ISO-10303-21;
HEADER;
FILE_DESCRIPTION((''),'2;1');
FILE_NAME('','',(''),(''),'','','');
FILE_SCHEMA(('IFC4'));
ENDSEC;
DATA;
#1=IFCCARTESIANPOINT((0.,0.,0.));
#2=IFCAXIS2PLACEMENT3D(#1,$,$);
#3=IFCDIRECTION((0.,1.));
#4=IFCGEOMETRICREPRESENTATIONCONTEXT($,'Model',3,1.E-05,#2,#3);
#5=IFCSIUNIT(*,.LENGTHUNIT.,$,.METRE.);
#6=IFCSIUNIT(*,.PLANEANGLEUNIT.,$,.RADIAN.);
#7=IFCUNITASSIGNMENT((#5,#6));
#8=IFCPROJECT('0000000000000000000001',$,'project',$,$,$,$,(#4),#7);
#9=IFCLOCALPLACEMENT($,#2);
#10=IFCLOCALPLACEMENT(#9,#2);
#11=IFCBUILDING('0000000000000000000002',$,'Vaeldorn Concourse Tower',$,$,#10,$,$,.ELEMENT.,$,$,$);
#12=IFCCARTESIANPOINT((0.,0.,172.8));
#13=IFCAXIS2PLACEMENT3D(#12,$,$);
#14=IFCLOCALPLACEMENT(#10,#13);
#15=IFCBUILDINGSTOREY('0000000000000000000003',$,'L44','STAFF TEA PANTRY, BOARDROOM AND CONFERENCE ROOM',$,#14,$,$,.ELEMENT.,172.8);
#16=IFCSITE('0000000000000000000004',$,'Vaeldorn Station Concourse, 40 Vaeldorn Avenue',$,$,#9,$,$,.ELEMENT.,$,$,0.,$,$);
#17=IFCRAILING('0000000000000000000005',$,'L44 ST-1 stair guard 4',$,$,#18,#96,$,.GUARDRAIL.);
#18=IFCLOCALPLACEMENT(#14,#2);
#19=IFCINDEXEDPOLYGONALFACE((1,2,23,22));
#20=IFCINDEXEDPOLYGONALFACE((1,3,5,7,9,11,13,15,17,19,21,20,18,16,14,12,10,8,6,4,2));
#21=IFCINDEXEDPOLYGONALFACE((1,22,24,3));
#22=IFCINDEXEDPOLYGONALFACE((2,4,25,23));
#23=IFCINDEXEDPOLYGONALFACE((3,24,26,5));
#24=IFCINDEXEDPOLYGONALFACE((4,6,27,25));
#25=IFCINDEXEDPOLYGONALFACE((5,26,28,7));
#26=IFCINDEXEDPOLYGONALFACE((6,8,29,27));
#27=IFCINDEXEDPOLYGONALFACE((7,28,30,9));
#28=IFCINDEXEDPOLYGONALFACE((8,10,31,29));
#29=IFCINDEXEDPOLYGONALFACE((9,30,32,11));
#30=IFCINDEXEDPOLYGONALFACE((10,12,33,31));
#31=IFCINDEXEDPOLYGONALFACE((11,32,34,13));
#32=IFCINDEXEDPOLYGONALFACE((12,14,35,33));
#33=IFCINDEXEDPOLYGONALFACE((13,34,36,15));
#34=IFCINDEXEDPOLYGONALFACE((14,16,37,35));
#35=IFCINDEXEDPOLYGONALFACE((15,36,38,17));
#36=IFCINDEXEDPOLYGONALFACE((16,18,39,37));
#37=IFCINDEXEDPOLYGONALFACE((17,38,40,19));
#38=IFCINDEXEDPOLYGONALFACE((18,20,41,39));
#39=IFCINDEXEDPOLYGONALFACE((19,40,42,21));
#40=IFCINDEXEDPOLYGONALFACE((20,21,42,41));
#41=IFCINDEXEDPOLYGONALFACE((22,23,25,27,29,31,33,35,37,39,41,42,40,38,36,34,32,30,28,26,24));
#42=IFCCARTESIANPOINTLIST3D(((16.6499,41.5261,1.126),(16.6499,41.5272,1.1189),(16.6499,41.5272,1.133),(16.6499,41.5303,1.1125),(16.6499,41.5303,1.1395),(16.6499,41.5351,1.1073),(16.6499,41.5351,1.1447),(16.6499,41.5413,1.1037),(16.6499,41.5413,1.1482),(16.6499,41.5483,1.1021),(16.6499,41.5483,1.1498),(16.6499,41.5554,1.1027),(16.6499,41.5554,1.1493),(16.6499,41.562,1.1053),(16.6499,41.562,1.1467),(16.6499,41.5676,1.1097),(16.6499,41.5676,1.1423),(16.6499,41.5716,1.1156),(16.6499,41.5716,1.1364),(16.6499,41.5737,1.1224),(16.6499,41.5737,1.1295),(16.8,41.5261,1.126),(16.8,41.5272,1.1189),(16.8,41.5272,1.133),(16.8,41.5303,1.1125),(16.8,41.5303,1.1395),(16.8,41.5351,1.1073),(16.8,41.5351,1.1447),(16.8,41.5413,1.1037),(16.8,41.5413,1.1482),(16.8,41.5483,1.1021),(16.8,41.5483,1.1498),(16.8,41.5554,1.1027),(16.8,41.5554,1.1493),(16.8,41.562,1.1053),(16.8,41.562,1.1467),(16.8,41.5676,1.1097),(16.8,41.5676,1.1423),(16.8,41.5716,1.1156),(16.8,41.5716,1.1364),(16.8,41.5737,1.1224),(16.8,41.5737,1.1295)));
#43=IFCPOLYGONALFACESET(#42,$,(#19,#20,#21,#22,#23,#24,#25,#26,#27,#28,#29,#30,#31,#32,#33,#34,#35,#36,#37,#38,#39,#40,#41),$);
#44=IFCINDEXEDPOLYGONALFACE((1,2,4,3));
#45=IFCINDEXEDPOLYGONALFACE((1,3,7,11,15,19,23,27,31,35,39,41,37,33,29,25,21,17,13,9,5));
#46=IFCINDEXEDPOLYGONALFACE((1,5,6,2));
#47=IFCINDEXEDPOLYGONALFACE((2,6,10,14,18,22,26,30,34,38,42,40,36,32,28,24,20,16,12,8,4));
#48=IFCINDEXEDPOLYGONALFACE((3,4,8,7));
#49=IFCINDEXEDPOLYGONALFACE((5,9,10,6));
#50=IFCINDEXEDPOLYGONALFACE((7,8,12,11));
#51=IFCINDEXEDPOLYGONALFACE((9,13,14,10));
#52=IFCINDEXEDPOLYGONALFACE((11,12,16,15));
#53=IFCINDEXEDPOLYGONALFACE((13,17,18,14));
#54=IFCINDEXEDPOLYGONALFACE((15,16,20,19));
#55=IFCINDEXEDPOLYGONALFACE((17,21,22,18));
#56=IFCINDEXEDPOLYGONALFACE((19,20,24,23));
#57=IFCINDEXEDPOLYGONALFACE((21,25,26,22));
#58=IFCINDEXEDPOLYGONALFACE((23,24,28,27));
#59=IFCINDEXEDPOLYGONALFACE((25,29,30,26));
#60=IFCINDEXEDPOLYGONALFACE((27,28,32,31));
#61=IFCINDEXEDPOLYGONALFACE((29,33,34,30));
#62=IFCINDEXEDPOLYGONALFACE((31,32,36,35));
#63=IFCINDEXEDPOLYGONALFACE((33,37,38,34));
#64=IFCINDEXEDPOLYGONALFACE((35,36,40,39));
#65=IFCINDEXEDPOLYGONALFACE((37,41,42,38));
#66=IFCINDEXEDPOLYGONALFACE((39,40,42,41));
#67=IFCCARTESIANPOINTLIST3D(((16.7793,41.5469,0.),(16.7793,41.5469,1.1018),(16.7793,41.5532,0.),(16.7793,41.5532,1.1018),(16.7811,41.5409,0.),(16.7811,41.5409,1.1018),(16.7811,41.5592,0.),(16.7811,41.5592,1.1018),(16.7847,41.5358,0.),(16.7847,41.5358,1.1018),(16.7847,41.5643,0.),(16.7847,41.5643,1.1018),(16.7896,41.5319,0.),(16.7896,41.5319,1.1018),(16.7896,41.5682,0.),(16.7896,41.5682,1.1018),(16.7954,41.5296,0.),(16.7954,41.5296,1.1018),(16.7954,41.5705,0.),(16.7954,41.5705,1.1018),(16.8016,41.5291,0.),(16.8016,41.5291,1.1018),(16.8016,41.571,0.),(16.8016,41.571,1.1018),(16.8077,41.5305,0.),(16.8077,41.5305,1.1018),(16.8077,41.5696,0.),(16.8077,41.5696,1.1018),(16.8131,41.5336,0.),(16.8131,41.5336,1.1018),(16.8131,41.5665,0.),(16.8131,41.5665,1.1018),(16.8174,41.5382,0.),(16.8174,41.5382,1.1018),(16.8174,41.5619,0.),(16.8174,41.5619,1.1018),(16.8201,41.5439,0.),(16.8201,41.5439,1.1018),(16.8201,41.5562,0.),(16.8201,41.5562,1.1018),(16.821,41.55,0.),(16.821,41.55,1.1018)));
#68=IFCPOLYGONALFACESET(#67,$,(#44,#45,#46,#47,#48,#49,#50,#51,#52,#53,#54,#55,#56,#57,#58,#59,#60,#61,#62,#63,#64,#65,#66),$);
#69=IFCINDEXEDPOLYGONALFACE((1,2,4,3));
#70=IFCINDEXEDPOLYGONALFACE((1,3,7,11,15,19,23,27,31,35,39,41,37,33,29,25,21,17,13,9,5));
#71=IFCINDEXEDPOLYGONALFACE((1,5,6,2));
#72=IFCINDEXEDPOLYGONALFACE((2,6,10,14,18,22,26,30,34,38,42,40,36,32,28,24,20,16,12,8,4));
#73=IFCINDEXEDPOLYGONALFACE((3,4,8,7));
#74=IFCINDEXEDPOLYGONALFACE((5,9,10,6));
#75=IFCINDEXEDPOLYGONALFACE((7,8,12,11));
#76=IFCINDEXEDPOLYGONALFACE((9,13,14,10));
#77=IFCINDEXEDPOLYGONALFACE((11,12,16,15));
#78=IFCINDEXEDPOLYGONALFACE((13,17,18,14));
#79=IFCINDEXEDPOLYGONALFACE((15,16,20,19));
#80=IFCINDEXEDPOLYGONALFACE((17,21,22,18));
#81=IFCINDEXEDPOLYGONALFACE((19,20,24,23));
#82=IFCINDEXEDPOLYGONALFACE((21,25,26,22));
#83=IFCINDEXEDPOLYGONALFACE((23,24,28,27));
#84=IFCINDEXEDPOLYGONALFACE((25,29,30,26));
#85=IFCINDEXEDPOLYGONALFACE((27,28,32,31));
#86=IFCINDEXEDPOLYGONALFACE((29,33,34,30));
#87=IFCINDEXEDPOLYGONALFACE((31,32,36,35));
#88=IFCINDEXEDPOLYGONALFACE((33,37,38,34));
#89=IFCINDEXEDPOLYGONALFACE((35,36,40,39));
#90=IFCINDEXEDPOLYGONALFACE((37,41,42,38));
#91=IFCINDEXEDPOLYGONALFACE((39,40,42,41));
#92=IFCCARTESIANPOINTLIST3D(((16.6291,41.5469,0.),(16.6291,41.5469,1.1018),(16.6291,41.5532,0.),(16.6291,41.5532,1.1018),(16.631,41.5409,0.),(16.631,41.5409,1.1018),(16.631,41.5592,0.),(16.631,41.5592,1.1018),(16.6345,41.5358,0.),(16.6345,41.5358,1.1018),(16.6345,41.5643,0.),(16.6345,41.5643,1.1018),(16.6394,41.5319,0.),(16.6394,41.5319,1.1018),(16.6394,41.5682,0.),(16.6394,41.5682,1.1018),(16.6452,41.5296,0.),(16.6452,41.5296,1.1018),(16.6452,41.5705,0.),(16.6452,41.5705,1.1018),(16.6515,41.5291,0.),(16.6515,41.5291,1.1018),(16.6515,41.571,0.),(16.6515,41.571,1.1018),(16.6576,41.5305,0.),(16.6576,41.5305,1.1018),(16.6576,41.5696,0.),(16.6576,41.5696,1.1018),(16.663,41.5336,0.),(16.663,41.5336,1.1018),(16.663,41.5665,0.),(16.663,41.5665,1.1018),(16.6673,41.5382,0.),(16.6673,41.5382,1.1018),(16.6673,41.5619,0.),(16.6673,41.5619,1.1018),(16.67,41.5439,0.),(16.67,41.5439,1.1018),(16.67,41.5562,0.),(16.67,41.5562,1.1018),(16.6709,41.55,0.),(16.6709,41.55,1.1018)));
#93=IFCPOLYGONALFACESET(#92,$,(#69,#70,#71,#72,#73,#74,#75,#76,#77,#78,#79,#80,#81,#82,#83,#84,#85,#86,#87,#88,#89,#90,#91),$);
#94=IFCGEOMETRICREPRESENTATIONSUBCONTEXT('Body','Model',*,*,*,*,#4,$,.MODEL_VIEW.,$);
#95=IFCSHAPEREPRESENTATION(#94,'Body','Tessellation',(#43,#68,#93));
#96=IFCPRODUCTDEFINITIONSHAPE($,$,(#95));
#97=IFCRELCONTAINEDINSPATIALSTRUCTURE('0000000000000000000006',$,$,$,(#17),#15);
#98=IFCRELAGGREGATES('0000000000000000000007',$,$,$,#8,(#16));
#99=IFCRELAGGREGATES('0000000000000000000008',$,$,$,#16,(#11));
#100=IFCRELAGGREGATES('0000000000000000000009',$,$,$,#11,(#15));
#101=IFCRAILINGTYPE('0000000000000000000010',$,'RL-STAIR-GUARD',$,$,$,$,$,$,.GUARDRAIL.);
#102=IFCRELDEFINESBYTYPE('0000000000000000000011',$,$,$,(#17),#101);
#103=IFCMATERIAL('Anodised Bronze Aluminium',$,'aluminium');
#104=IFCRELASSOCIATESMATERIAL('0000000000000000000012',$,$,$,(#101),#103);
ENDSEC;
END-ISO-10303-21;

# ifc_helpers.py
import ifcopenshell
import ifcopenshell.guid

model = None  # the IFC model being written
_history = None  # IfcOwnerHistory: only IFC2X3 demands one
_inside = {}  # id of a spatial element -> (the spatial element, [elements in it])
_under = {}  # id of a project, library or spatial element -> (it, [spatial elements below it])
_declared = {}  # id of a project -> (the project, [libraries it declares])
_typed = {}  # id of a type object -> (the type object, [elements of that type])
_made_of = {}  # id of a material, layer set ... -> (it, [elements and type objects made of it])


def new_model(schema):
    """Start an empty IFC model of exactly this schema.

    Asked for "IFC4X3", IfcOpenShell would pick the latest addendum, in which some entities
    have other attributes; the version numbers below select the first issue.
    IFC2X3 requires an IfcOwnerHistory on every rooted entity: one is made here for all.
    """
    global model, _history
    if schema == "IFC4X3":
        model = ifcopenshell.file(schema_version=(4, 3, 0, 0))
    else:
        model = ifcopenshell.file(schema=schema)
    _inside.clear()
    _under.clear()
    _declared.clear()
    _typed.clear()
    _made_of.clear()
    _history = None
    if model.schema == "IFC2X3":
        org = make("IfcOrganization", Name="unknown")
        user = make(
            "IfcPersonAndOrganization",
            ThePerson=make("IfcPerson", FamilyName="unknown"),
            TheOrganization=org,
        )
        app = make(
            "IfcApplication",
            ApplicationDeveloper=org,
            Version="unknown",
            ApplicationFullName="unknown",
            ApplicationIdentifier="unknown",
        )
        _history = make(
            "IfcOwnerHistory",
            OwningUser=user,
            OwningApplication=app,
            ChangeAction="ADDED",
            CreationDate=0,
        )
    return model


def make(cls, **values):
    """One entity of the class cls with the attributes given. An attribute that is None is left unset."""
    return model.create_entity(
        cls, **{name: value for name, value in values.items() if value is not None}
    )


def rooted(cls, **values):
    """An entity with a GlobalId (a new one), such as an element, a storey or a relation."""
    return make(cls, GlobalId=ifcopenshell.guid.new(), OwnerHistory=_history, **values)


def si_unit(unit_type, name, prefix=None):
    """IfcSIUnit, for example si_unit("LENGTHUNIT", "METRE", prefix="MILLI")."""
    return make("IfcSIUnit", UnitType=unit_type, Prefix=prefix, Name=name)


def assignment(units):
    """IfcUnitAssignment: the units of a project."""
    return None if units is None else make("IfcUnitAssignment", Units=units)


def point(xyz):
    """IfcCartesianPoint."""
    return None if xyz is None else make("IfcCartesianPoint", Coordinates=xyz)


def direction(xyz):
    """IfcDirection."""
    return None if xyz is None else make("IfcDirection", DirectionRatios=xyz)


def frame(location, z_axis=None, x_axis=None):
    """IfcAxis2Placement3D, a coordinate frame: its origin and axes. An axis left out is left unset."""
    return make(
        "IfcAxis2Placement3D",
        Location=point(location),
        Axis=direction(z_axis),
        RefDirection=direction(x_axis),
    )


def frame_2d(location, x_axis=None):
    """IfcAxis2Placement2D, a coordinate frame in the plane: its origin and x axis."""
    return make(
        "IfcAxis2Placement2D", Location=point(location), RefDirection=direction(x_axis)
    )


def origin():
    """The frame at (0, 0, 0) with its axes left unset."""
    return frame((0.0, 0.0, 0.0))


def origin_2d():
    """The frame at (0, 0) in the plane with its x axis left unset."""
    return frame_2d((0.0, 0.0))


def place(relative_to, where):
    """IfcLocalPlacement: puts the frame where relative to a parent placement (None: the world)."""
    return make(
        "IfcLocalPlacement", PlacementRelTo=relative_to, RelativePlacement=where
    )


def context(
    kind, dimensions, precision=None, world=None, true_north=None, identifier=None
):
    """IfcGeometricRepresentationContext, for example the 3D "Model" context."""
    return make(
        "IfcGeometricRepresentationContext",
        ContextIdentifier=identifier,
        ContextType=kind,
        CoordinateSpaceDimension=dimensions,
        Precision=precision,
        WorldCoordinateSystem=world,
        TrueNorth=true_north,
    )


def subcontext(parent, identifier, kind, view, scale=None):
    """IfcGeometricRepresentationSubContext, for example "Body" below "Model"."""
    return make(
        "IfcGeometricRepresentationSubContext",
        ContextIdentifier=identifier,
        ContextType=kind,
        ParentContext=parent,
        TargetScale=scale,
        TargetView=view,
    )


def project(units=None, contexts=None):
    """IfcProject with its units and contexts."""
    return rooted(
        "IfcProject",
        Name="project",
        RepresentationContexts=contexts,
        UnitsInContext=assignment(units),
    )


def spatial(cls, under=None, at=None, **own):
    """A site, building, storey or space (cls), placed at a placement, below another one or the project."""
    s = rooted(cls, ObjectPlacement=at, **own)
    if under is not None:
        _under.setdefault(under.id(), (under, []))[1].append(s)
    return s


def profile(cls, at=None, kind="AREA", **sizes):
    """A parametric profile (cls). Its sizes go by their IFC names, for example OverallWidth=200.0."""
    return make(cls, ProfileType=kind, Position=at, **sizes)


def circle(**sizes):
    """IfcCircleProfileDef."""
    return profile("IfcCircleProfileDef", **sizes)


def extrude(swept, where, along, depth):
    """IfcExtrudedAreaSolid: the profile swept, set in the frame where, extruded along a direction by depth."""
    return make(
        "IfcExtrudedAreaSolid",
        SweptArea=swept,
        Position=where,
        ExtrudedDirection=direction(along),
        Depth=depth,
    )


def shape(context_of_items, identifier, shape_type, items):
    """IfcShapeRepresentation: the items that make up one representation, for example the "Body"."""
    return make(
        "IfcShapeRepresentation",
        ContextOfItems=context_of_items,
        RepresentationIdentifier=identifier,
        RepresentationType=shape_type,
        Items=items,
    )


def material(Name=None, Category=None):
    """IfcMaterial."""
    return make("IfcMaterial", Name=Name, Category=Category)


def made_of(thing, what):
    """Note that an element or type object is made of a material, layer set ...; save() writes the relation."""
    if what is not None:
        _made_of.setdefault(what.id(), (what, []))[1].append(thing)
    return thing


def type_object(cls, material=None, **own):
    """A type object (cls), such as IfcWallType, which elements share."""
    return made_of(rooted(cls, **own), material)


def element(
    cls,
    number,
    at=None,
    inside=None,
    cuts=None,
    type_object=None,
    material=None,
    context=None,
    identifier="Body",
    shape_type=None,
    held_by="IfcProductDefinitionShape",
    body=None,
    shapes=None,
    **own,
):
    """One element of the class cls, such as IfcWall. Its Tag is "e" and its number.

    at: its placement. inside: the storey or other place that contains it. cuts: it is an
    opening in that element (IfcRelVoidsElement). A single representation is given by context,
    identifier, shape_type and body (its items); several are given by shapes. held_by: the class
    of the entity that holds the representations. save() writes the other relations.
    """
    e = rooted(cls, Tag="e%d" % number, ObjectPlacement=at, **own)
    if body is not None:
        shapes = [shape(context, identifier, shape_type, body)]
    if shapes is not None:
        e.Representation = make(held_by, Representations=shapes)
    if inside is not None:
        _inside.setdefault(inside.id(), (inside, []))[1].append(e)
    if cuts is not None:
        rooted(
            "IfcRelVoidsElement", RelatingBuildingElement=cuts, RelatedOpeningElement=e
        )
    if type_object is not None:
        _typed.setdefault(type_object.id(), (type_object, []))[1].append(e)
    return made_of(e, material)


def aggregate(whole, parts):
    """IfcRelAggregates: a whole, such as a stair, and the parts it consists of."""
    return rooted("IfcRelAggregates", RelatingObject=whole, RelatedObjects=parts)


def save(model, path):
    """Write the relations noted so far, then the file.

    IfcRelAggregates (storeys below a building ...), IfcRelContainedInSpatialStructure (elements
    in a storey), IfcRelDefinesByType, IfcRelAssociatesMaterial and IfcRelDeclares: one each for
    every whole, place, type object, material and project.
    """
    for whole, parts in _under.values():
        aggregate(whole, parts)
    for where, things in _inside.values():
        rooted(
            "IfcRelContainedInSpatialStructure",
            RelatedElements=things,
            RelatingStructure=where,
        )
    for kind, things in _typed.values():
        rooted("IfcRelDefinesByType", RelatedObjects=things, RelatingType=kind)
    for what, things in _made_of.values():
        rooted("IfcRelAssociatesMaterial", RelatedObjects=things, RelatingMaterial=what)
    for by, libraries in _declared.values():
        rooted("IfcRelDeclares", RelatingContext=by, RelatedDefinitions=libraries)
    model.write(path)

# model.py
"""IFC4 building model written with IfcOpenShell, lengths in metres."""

from ifc_helpers import new_model, si_unit, direction, frame, origin, origin_2d, place, context, subcontext, project, spatial, circle, extrude, material, type_object, element, save


model = new_model("IFC4")

# Units and contexts
model_context = context("Model", 3, precision=1e-05, world=origin(), true_north=direction((0.0, 1.0)))
body_context = subcontext(model_context, "Body", "Model", "MODEL_VIEW")
ifc_project = project(units=[si_unit("LENGTHUNIT", "METRE"), si_unit("PLANEANGLEUNIT", "RADIAN")], contexts=[model_context])

# Site, building, storey
site_placement = place(None, origin())
site = spatial("IfcSite", under=ifc_project, at=site_placement, Name="Vaeldorn Station Concourse, 40 Vaeldorn Avenue", CompositionType="ELEMENT", RefElevation=0.0)
building_placement = place(site_placement, origin())
building = spatial("IfcBuilding", under=site, at=building_placement, Name="Vaeldorn Concourse Tower", CompositionType="ELEMENT")
storey_placement = place(building_placement, frame((0.0, 0.0, 172.8)))
storey = spatial("IfcBuildingStorey", under=building, at=storey_placement, Name="L44", Description="STAFF TEA PANTRY, BOARDROOM AND CONFERENCE ROOM", CompositionType="ELEMENT", Elevation=172.8)

# Railing
ifc_material_1 = material(Name="Anodised Bronze Aluminium", Category="aluminium")
railing_type_1 = type_object("IfcRailingType", Name="RL-STAIR-GUARD", PredefinedType="GUARDRAIL", material=ifc_material_1)
railing_1_placement = place(storey_placement, frame((16.8, 41.55, 0.0)))
element("IfcRailing", 1, at=railing_1_placement, inside=storey, type_object=railing_type_1, Name="L44 ST-1 stair guard 4", PredefinedType="GUARDRAIL", context=body_context, shape_type="SweptSolid", body=[
    extrude(circle(Radius=0.0239, at=origin_2d()), frame((0.0, 0.0, 1.126), z_axis=(-1.0, 0.0, 0.0), x_axis=(0.0, -1.0, 0.0)), (0.0, 0.0, 1.0), 0.1501),
    extrude(circle(Radius=0.021, at=origin_2d()), origin(), (0.0, 0.0, 1.0), 1.1018),
    extrude(circle(Radius=0.021, at=origin_2d()), frame((-0.1501, 0.0, 0.0)), (0.0, 0.0, 1.0), 1.1018),
])

save(model, "model.ifc")
